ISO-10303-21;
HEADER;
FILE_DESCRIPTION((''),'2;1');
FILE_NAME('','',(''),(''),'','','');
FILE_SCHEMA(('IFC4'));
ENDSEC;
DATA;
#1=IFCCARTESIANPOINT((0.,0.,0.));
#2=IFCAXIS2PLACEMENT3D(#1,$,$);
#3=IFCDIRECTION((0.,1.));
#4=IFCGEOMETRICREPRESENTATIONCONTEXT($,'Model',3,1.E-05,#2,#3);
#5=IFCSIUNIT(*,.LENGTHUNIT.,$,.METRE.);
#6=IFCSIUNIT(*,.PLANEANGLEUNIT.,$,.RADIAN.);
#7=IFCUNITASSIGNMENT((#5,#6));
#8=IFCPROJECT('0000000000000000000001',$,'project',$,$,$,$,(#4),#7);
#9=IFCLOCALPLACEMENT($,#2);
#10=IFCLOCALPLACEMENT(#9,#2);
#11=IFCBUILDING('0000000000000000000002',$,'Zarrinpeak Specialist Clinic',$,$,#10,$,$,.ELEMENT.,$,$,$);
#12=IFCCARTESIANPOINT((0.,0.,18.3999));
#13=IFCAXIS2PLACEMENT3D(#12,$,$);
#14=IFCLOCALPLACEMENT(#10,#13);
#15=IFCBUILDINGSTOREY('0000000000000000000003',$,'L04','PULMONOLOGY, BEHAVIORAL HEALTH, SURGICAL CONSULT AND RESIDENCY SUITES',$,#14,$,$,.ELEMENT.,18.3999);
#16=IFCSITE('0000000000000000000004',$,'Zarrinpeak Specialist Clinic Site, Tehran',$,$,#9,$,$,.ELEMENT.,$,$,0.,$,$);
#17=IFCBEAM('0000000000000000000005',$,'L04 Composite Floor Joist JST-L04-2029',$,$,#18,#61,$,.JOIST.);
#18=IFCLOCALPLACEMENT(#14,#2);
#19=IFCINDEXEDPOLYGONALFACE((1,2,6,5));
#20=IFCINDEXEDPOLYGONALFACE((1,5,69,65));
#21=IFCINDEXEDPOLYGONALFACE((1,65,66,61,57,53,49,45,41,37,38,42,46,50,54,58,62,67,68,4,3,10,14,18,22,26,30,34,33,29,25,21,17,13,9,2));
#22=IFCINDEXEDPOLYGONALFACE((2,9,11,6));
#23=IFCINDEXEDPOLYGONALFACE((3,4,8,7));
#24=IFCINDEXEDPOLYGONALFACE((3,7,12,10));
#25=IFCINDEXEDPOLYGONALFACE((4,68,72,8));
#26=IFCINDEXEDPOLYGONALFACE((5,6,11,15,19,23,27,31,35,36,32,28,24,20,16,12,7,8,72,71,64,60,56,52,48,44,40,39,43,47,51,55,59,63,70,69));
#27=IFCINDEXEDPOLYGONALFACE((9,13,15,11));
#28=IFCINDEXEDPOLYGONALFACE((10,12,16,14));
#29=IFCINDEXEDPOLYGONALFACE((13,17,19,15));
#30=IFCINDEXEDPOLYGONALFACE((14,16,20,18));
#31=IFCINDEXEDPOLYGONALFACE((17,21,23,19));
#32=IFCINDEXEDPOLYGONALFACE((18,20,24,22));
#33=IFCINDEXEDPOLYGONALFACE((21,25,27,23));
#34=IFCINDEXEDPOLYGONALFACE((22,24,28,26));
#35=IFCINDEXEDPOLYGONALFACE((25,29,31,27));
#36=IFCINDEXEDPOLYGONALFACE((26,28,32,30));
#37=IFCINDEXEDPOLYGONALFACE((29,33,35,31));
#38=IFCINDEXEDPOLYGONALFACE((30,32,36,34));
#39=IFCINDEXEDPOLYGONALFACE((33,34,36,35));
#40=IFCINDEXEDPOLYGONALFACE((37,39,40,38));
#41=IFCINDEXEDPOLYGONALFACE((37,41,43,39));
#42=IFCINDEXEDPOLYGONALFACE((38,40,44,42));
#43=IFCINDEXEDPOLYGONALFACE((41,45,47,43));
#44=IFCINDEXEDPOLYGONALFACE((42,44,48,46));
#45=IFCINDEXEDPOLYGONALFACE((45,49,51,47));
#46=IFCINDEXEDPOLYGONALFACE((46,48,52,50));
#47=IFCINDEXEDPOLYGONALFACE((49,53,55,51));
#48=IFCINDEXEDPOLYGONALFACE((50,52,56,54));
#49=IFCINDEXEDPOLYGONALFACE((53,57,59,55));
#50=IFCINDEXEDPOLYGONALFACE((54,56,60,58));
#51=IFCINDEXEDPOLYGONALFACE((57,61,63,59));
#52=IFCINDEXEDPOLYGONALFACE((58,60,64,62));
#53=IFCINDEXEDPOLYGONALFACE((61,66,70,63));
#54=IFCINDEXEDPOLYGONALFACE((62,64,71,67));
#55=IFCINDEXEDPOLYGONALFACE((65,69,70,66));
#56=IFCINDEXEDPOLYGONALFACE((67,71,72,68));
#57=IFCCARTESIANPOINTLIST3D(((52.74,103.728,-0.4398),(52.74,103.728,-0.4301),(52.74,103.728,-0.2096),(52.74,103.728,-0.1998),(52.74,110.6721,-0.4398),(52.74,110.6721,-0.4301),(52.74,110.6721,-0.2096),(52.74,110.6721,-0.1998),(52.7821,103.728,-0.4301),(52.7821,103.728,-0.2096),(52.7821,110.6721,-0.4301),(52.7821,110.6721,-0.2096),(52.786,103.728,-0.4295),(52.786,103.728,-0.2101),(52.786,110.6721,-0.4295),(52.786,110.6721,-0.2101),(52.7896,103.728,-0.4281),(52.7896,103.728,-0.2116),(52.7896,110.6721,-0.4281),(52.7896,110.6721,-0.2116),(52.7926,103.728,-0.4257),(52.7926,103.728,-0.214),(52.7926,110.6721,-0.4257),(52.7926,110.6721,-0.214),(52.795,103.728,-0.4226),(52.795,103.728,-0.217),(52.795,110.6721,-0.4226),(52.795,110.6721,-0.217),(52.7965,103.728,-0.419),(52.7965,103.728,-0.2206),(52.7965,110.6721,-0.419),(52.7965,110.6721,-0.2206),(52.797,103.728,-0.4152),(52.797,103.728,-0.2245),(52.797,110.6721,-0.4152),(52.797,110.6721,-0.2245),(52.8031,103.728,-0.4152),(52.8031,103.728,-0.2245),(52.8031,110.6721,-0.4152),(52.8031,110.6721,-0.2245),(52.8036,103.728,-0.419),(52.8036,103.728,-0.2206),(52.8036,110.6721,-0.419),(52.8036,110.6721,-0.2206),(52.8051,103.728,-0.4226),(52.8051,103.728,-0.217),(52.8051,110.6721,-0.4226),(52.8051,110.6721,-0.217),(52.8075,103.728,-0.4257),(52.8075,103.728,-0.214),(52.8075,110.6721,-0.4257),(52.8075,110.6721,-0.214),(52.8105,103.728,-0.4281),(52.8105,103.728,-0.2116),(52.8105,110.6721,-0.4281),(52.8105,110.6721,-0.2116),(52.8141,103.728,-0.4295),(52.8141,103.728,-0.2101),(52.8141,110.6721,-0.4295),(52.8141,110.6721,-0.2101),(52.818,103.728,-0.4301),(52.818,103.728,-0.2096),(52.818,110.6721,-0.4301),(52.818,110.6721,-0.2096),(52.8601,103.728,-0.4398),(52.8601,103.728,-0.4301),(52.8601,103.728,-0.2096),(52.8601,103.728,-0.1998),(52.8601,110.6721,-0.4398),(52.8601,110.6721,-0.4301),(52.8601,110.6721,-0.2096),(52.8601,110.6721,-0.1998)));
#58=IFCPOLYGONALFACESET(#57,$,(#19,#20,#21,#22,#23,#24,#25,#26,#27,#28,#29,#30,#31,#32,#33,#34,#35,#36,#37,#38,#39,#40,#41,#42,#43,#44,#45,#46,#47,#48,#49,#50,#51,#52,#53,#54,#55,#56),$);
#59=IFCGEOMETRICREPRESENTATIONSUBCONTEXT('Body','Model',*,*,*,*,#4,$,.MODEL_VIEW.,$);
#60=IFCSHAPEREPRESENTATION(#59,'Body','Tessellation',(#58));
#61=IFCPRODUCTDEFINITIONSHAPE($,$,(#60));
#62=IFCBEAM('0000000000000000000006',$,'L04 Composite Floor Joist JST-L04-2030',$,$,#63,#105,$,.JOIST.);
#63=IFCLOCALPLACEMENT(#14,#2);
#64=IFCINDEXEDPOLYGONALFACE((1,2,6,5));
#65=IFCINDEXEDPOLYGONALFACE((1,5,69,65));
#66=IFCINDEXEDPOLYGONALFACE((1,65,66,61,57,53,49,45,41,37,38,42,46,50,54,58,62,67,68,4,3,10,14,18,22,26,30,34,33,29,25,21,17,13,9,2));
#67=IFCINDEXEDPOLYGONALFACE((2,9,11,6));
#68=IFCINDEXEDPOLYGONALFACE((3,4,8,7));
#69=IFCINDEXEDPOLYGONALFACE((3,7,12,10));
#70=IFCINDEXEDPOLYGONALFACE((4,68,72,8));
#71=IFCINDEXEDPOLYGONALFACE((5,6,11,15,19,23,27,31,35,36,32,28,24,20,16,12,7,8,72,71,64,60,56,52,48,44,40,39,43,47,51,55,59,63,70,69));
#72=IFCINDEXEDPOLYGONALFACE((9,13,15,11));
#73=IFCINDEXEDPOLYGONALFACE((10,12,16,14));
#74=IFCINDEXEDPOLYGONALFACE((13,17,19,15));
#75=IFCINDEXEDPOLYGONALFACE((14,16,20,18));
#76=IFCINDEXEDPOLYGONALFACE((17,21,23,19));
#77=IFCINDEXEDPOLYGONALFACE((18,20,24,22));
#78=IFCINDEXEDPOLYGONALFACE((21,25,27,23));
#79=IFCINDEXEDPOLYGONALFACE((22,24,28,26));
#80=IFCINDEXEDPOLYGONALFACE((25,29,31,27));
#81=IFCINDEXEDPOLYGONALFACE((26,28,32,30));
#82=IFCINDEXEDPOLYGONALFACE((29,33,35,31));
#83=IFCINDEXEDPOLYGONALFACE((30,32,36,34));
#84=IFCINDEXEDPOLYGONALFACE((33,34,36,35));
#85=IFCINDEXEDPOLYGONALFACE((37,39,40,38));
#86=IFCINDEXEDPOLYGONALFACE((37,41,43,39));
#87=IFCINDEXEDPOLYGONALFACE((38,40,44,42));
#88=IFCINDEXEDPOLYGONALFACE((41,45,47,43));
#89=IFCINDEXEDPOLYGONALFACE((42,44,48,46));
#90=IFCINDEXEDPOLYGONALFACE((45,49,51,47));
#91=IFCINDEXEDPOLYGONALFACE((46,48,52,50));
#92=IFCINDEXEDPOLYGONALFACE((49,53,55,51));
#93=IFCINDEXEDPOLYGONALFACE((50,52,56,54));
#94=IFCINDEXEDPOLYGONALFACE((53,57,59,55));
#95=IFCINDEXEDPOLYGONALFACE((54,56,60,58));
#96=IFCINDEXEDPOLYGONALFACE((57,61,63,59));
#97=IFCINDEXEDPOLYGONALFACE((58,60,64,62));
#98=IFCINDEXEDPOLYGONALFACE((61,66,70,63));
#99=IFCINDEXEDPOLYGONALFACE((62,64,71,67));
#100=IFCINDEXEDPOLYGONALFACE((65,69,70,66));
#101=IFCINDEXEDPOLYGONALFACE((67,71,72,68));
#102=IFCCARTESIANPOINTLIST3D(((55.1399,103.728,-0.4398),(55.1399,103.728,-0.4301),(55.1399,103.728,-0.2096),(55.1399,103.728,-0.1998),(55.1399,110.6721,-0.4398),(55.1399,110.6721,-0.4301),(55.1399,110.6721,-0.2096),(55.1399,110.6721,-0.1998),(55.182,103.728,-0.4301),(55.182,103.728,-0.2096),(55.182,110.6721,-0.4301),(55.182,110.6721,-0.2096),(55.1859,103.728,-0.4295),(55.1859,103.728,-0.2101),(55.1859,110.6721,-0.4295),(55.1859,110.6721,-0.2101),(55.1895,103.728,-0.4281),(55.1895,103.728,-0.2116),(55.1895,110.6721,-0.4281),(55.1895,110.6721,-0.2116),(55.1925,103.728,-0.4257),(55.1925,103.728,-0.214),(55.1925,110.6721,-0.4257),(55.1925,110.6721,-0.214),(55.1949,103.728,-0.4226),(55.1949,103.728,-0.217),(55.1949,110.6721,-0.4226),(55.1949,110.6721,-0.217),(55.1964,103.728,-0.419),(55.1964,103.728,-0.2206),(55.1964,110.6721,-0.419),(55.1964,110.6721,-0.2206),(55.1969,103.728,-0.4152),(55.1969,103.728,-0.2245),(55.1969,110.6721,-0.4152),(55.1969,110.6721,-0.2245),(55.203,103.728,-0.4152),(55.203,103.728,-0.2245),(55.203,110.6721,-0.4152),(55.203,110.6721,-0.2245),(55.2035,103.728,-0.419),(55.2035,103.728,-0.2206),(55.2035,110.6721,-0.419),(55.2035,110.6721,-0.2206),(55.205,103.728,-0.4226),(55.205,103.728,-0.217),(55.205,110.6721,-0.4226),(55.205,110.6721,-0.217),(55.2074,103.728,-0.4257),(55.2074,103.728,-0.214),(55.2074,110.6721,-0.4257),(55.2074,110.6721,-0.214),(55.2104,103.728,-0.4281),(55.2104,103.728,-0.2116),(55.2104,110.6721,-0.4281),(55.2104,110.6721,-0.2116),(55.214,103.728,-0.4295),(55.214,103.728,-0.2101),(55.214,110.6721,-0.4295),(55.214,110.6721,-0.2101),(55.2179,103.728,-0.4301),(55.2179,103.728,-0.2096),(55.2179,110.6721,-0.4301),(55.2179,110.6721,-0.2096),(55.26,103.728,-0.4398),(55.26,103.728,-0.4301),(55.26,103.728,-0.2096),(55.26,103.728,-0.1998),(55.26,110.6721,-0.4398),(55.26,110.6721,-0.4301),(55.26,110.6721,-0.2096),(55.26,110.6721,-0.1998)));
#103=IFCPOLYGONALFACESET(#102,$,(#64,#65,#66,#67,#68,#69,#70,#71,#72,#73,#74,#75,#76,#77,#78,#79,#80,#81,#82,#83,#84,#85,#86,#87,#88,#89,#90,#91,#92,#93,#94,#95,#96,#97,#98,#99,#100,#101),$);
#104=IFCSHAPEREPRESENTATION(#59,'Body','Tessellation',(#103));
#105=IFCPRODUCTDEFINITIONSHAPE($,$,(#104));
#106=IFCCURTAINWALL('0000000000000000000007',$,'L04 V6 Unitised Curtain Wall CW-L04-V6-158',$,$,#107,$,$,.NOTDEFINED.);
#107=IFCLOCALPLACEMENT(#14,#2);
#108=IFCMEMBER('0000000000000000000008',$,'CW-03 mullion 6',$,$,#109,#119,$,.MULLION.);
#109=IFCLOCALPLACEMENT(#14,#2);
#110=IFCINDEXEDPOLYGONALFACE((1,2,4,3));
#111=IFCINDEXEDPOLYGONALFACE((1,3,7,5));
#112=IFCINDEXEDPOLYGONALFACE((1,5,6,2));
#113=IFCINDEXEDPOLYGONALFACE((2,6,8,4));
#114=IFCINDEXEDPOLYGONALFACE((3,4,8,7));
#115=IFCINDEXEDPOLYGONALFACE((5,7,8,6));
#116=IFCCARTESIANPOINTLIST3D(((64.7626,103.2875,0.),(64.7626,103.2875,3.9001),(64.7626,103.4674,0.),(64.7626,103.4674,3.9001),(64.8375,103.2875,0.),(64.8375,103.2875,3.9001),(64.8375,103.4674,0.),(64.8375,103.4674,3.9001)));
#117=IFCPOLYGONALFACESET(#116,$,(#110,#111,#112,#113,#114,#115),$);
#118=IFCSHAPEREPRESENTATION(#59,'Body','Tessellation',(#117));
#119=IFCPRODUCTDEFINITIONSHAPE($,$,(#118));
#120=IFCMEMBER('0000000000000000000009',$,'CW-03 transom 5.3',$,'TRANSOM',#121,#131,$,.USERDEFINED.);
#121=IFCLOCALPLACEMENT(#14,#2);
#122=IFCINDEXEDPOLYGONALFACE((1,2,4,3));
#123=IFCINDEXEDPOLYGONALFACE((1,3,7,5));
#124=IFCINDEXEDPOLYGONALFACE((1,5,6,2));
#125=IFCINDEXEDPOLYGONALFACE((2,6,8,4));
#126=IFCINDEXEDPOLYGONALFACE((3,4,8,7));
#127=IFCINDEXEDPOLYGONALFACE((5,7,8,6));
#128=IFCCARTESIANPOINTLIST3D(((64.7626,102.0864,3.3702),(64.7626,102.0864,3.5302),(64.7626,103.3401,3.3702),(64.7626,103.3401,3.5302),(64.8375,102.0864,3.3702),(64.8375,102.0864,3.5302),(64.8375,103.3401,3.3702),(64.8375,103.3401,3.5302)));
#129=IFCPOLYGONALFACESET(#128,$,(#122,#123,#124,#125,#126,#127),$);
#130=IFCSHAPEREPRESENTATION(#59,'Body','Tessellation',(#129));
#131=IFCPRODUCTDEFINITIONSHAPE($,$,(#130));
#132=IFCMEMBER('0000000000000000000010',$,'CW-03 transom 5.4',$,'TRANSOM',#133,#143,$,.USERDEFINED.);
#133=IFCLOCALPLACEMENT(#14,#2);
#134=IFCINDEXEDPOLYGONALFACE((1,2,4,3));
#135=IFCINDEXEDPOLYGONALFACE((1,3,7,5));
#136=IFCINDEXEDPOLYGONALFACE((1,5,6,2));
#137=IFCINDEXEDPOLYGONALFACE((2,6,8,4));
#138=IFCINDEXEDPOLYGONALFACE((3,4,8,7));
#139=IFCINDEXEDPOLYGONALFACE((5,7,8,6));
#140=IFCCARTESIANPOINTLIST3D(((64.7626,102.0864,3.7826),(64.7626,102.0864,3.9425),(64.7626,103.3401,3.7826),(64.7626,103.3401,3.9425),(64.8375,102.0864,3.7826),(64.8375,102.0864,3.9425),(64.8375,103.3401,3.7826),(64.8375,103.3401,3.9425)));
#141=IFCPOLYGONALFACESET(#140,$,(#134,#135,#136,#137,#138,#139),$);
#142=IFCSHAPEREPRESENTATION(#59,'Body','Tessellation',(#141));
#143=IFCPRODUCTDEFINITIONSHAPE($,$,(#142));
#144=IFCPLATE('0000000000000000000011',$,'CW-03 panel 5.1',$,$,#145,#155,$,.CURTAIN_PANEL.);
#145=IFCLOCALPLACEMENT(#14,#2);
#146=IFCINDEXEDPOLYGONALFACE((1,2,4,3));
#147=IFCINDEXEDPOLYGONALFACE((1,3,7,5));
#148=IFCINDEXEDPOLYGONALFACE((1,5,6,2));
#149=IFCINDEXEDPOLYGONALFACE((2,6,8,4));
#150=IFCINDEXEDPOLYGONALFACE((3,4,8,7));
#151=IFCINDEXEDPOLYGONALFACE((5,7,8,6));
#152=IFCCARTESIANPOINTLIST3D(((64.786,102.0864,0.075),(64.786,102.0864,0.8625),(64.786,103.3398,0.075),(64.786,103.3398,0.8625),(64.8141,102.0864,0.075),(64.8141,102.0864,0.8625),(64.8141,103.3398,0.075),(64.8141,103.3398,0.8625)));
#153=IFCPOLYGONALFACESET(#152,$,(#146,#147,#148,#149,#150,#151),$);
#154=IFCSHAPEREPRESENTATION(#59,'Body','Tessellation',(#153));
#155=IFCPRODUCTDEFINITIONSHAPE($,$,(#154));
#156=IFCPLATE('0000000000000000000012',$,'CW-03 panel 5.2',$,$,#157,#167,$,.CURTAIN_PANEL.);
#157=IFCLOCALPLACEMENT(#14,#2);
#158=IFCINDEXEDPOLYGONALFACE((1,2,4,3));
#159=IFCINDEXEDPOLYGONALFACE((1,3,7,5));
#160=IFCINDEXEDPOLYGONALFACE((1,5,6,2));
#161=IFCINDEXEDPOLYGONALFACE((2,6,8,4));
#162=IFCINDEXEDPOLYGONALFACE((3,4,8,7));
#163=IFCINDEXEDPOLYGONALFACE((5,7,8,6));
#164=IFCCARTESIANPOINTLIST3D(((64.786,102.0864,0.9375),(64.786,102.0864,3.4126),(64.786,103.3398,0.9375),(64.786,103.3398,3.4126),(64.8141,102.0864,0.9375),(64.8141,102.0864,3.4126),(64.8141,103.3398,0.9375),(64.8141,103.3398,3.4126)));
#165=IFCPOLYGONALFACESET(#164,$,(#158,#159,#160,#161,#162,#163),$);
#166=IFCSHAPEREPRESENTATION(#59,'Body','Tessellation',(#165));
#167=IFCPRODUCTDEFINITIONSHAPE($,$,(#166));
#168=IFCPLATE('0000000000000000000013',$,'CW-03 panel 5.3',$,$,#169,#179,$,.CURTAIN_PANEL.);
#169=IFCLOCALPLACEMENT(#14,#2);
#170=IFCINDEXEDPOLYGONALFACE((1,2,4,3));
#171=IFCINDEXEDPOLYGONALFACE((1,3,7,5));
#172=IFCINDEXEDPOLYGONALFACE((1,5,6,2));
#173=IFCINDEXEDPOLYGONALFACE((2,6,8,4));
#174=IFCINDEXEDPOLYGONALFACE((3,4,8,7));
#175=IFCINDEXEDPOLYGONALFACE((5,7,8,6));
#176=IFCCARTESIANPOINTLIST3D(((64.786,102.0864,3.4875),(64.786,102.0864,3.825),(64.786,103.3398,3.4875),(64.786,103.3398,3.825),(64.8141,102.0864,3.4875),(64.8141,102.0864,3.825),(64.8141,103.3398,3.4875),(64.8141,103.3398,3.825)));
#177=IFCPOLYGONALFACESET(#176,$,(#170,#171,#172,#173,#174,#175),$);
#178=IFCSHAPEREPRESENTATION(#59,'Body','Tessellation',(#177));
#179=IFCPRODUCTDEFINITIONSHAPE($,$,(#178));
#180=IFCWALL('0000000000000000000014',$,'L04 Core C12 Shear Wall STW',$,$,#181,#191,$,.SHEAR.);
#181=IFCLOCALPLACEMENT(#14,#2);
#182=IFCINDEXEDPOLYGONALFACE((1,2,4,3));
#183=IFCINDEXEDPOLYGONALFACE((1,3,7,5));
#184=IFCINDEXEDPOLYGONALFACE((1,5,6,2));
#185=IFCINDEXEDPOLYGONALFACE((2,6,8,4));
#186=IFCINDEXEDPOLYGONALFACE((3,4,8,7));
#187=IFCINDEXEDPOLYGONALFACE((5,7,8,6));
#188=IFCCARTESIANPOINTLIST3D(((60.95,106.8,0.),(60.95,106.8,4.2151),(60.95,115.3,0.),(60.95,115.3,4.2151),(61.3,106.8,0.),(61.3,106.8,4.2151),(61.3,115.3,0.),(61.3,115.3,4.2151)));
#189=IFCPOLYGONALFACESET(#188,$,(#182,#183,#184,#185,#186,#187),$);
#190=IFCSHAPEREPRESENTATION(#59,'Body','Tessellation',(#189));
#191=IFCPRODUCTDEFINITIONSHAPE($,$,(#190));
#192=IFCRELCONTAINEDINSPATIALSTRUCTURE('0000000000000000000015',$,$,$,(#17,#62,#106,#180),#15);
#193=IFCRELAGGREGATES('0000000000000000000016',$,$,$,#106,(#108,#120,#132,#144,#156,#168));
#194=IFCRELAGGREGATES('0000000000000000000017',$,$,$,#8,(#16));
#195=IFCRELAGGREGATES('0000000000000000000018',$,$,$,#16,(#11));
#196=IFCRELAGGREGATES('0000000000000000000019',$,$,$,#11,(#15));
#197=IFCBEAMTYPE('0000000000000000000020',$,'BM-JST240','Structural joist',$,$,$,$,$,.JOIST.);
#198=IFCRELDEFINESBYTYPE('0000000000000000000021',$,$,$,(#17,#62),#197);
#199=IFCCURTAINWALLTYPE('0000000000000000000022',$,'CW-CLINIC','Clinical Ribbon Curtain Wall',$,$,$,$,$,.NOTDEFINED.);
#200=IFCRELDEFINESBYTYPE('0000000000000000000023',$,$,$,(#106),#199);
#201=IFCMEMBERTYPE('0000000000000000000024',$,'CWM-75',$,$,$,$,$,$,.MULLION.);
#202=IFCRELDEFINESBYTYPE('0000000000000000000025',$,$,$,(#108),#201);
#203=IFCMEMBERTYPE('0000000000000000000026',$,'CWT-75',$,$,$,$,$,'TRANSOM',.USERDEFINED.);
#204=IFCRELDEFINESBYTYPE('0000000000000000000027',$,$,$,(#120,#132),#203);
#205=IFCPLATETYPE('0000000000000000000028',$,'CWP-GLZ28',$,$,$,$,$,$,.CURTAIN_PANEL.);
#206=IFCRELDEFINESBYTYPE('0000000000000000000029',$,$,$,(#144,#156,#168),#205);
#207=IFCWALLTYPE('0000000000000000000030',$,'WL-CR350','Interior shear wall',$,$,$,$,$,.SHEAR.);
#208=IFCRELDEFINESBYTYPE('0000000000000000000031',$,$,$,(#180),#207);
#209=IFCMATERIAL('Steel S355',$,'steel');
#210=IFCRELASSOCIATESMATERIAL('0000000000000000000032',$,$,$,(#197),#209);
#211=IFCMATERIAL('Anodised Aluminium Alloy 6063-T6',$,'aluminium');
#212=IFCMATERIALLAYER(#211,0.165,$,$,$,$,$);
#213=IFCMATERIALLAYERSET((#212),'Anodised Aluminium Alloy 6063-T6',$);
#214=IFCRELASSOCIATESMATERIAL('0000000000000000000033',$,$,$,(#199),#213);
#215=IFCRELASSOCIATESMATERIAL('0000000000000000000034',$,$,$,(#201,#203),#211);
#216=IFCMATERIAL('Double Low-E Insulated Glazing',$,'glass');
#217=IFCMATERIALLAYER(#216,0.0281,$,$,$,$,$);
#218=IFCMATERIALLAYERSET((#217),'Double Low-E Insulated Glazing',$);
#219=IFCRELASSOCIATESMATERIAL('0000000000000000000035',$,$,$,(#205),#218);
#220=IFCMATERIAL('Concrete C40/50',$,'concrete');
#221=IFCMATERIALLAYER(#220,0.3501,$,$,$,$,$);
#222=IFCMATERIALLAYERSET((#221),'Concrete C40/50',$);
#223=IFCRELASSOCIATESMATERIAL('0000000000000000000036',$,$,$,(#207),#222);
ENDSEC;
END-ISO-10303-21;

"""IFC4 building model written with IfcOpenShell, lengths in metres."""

from ifc_helpers import new_model, si_unit, direction, frame, frame_2d, origin, origin_2d, place, context, subcontext, project, spatial, rectangle, i_section, extrude, material, layer, layer_set, material_profile, profile_set, type_object, element, aggregate, save


model = new_model("IFC4")

# Units and contexts
model_context = context("Model", 3, precision=1e-05, world=origin(), true_north=direction((0.0, 1.0)))
body_context = subcontext(model_context, "Body", "Model", "MODEL_VIEW")
ifc_project = project(units=[si_unit("LENGTHUNIT", "METRE"), si_unit("PLANEANGLEUNIT", "RADIAN")], contexts=[model_context])

# Site, building, storey
site_placement = place(None, origin())
site = spatial("IfcSite", under=ifc_project, at=site_placement, Name="Zarrinpeak Specialist Clinic Site, Tehran", CompositionType="ELEMENT", RefElevation=0.0)
building_placement = place(site_placement, origin())
building = spatial("IfcBuilding", under=site, at=building_placement, Name="Zarrinpeak Specialist Clinic", CompositionType="ELEMENT")
storey_placement = place(building_placement, frame((0.0, 0.0, 18.3999)))
storey = spatial("IfcBuildingStorey", under=building, at=storey_placement, Name="L04", Description="PULMONOLOGY, BEHAVIORAL HEALTH, SURGICAL CONSULT AND RESIDENCY SUITES", CompositionType="ELEMENT", Elevation=18.3999)

# Shared definitions
ifc_material_1 = material(Name="Steel S355", Category="steel")

# Beams
ifc_material_profile_1 = material_profile(ifc_material_1, i_section(OverallWidth=0.1201, OverallDepth=0.24, WebThickness=0.0061, FlangeThickness=0.0098, FilletRadius=0.0149, at=origin_2d()), Name="IPE 240")
ifc_profile_set_1 = profile_set([ifc_material_profile_1], Name="Steel S355")
beam_type_1 = type_object("IfcBeamType", Name="BM-JST240", Description="Structural joist", PredefinedType="JOIST", material=ifc_profile_set_1)
for number, where, z_axis, x_axis, name in (
    (1, (52.8, 103.728, -0.3198), (0.0, 1.0, 0.0), (-1.0, 0.0, 0.0), "L04 Composite Floor Joist JST-L04-2029"),
    (2, (55.2, 103.728, -0.3198), (0.0, 1.0, 0.0), (-1.0, 0.0, 0.0), "L04 Composite Floor Joist JST-L04-2030"),
):
    element("IfcBeam", number, at=place(storey_placement, frame(where, z_axis=z_axis, x_axis=x_axis)), inside=storey, type_object=beam_type_1, Name=name, PredefinedType="JOIST", context=body_context, shape_type="SweptSolid", body=[
        extrude(i_section(OverallWidth=0.1201, OverallDepth=0.24, WebThickness=0.0061, FlangeThickness=0.0098, FilletRadius=0.0149, at=origin_2d()), origin(), (0.0, 0.0, 1.0), 6.9441),
    ])

# Curtain wall, members, plates
ifc_material_2 = material(Name="Anodised Aluminium Alloy 6063-T6", Category="aluminium")
ifc_layer_1 = layer(ifc_material_2, 0.165)
ifc_layer_set_1 = layer_set([ifc_layer_1], Name="Anodised Aluminium Alloy 6063-T6")
curtain_wall_type = type_object("IfcCurtainWallType", Name="CW-CLINIC", Description="Clinical Ribbon Curtain Wall", PredefinedType="NOTDEFINED", material=ifc_layer_set_1)
curtain_wall_placement = place(storey_placement, origin())
curtain_wall = element("IfcCurtainWall", 3, at=curtain_wall_placement, inside=storey, type_object=curtain_wall_type, Name="L04 V6 Unitised Curtain Wall CW-L04-V6-158", PredefinedType="NOTDEFINED")
ifc_material_profile_2 = material_profile(ifc_material_2, rectangle(XDim=0.075, YDim=0.1799, at=origin_2d()), Name="ALU 75x180")
ifc_profile_set_2 = profile_set([ifc_material_profile_2], Name="Anodised Aluminium Alloy 6063-T6")
member_type_1 = type_object("IfcMemberType", Name="CWM-75", PredefinedType="MULLION", material=ifc_profile_set_2)
member_1_placement = place(storey_placement, frame((64.8, 103.3774, 0.0), z_axis=(0.0, 0.0, 1.0), x_axis=(-1.0, 0.0, 0.0)))
member_1 = element("IfcMember", 4, at=member_1_placement, type_object=member_type_1, Name="CW-03 mullion 6", PredefinedType="MULLION", context=body_context, shape_type="SweptSolid", body=[
    extrude(rectangle(XDim=0.075, YDim=0.1799, at=origin_2d()), origin(), (0.0, 0.0, 1.0), 3.9001),
])
ifc_material_profile_3 = material_profile(ifc_material_2, rectangle(XDim=0.075, YDim=0.1599, at=origin_2d()), Name="ALU 75x160")
ifc_profile_set_3 = profile_set([ifc_material_profile_3], Name="Anodised Aluminium Alloy 6063-T6")
member_type_2 = type_object("IfcMemberType", Name="CWT-75", ElementType="TRANSOM", PredefinedType="USERDEFINED", material=ifc_profile_set_3)
member_2_placement = place(storey_placement, frame((64.8, 102.0864, 3.4502), z_axis=(0.0, 1.0, 0.0), x_axis=(-1.0, 0.0, 0.0)))
member_2 = element("IfcMember", 5, at=member_2_placement, type_object=member_type_2, Name="CW-03 transom 5.3", ObjectType="TRANSOM", PredefinedType="USERDEFINED", context=body_context, shape_type="SweptSolid", body=[
    extrude(rectangle(XDim=0.075, YDim=0.1599, at=origin_2d()), origin(), (0.0, 0.0, 1.0), 1.2537),
])
member_3_placement = place(storey_placement, frame((64.8, 102.0864, 3.8625), z_axis=(0.0, 1.0, 0.0), x_axis=(-1.0, 0.0, 0.0)))
member_3 = element("IfcMember", 6, at=member_3_placement, type_object=member_type_2, Name="CW-03 transom 5.4", ObjectType="TRANSOM", PredefinedType="USERDEFINED", context=body_context, shape_type="SweptSolid", body=[
    extrude(rectangle(XDim=0.075, YDim=0.1599, at=origin_2d()), origin(), (0.0, 0.0, 1.0), 1.2537),
])
ifc_material_3 = material(Name="Double Low-E Insulated Glazing", Category="glass")
ifc_layer_2 = layer(ifc_material_3, 0.0281)
ifc_layer_set_2 = layer_set([ifc_layer_2], Name="Double Low-E Insulated Glazing")
plate_type = type_object("IfcPlateType", Name="CWP-GLZ28", PredefinedType="CURTAIN_PANEL", material=ifc_layer_set_2)
plate_1_placement = place(storey_placement, frame((64.8, 102.7131, 0.075), z_axis=(0.0, 0.0, 1.0), x_axis=(0.0, 1.0, 0.0)))
plate_1 = element("IfcPlate", 7, at=plate_1_placement, type_object=plate_type, Name="CW-03 panel 5.1", PredefinedType="CURTAIN_PANEL", context=body_context, shape_type="SweptSolid", body=[
    extrude(rectangle(XDim=1.2534, YDim=0.0281, at=origin_2d()), origin(), (0.0, 0.0, 1.0), 0.7876),
])
plate_2_placement = place(storey_placement, frame((64.8, 102.7131, 0.9375), z_axis=(0.0, 0.0, 1.0), x_axis=(0.0, 1.0, 0.0)))
plate_2 = element("IfcPlate", 8, at=plate_2_placement, type_object=plate_type, Name="CW-03 panel 5.2", PredefinedType="CURTAIN_PANEL", context=body_context, shape_type="SweptSolid", body=[
    extrude(rectangle(XDim=1.2534, YDim=0.0281, at=origin_2d()), origin(), (0.0, 0.0, 1.0), 2.4751),
])
plate_3_placement = place(storey_placement, frame((64.8, 102.7131, 3.4875), z_axis=(0.0, 0.0, 1.0), x_axis=(0.0, 1.0, 0.0)))
plate_3 = element("IfcPlate", 9, at=plate_3_placement, type_object=plate_type, Name="CW-03 panel 5.3", PredefinedType="CURTAIN_PANEL", context=body_context, shape_type="SweptSolid", body=[
    extrude(rectangle(XDim=1.2534, YDim=0.0281, at=origin_2d()), origin(), (0.0, 0.0, 1.0), 0.3374),
])
aggregate(curtain_wall, [member_1, member_2, member_3, plate_1, plate_2, plate_3])

# Wall
ifc_material_4 = material(Name="Concrete C40/50", Category="concrete")
ifc_layer_3 = layer(ifc_material_4, 0.3501)
ifc_layer_set_3 = layer_set([ifc_layer_3], Name="Concrete C40/50")
wall_type_1 = type_object("IfcWallType", Name="WL-CR350", Description="Interior shear wall", PredefinedType="SHEAR", material=ifc_layer_set_3)
for number, where, z_axis, x_axis, name in (
    (10, (61.125, 106.8, 0.0), (0.0, 0.0, 1.0), (0.0, 1.0, 0.0), "L04 Core C12 Shear Wall STW"),
):
    element("IfcWall", number, at=place(storey_placement, frame(where, z_axis=z_axis, x_axis=x_axis)), inside=storey, type_object=wall_type_1, Name=name, PredefinedType="SHEAR", context=body_context, shape_type="SweptSolid", body=[
        extrude(rectangle(XDim=8.5, YDim=0.3501, at=frame_2d((4.25, 0.0))), origin(), (0.0, 0.0, 1.0), 4.2151),
    ])

save(model, "model.ifc")
